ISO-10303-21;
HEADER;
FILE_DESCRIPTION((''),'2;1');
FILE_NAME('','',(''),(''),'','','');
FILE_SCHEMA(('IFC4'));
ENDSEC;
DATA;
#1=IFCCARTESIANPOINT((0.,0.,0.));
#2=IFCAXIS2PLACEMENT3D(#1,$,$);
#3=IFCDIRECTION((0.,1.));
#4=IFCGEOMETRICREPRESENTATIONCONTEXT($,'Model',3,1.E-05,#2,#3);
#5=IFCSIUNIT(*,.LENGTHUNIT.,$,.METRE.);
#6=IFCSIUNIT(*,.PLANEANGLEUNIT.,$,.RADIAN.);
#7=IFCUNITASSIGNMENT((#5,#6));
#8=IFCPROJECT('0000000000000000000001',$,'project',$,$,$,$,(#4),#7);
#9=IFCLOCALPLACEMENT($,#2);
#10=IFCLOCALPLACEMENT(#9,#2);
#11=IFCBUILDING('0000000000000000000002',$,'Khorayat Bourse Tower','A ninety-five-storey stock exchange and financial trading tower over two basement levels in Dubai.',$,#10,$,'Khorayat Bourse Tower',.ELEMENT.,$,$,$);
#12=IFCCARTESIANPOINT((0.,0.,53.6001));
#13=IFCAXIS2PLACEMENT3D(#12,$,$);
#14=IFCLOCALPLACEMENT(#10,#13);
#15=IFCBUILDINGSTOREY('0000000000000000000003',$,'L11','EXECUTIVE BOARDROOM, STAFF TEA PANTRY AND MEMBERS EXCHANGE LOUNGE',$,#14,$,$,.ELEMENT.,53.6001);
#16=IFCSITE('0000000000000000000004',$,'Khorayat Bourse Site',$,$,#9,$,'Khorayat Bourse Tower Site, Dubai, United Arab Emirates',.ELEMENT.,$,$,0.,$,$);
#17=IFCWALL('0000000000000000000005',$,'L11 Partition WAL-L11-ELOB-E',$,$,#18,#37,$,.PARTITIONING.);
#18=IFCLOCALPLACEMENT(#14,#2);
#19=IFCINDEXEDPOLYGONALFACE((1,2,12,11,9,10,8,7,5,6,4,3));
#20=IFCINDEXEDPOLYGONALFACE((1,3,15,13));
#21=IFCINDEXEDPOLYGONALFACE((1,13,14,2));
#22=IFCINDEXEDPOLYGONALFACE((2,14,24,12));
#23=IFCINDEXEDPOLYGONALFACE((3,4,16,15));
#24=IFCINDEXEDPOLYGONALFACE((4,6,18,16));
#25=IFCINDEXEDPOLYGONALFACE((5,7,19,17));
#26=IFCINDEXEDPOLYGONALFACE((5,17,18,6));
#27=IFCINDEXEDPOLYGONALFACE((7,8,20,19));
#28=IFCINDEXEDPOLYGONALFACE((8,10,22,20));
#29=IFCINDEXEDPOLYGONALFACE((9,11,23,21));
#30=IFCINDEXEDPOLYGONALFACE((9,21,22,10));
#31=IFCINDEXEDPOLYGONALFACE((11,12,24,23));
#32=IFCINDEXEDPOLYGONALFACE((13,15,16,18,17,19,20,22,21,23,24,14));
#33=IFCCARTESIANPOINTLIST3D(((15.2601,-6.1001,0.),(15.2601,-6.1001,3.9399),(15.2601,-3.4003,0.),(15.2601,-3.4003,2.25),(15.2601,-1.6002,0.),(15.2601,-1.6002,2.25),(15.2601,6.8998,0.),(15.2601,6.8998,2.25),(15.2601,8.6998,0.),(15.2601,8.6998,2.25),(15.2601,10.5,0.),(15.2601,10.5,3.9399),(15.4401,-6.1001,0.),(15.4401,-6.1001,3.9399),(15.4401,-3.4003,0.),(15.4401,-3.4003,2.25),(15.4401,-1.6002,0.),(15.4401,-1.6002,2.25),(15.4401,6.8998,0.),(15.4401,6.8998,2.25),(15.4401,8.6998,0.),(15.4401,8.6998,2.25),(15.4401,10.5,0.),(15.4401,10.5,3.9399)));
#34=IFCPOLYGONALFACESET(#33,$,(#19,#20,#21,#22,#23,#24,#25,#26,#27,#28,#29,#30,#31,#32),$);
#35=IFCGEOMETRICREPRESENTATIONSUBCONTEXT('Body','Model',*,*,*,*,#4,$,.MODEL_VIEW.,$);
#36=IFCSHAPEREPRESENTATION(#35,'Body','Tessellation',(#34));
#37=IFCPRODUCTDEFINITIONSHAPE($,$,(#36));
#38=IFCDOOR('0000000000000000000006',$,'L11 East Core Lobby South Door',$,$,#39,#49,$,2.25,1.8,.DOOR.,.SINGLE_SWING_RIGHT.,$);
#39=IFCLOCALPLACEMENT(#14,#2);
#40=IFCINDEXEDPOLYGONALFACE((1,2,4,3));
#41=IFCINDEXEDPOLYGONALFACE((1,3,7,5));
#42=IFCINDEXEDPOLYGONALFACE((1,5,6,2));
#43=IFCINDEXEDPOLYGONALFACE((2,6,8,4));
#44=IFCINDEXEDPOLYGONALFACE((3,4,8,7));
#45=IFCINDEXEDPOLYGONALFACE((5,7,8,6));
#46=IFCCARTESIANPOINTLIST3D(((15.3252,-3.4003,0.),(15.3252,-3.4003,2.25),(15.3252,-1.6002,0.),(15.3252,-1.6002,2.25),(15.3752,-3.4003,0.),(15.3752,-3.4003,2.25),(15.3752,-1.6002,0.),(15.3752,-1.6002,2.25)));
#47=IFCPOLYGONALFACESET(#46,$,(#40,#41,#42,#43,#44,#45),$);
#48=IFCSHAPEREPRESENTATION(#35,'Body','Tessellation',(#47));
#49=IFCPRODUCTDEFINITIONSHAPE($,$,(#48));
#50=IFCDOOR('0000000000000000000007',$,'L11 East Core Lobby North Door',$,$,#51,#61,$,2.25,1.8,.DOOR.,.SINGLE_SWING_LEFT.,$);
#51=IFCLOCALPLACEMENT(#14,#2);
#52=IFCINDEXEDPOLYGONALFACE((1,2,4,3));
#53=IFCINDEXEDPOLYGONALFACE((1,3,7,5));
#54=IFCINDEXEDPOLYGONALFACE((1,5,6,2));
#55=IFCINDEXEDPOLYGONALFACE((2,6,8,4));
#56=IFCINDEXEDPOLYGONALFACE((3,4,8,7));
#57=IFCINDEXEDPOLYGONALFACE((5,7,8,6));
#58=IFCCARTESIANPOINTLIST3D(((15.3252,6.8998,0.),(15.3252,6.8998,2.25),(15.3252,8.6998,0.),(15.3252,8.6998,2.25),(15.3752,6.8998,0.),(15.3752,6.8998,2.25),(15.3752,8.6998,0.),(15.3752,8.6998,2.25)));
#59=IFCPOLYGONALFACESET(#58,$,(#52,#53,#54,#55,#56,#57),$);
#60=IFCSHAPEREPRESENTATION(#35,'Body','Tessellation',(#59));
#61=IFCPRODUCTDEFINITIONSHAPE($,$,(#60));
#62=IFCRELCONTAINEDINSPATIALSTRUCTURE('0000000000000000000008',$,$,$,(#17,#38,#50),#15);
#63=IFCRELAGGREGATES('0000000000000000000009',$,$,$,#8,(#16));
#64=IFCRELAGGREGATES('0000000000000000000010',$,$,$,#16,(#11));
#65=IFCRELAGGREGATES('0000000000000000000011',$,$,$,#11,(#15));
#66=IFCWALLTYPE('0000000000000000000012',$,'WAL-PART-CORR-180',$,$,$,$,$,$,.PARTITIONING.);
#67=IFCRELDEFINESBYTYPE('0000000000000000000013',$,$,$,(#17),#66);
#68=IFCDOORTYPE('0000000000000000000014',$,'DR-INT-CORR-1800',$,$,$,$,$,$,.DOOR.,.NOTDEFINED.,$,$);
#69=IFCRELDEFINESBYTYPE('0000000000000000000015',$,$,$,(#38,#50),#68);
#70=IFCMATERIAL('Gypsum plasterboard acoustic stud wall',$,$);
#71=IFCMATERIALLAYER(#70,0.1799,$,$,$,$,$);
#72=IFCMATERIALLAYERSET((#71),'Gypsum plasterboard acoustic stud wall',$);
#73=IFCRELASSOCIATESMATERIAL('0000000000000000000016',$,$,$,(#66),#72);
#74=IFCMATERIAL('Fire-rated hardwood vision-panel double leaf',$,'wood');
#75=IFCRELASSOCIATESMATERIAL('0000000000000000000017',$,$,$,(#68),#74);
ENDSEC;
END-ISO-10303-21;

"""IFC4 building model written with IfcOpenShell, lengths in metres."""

from ifc_helpers import new_model, si_unit, direction, frame, frame_2d, origin, place, context, subcontext, project, spatial, rectangle, extrude, source, transform, mapped, material, layer, layer_set, type_object, element, fill, save


model = new_model("IFC4")

# Units and contexts
model_context = context("Model", 3, precision=1e-05, world=origin(), true_north=direction((0.0, 1.0)))
body_context = subcontext(model_context, "Body", "Model", "MODEL_VIEW")
ifc_project = project(units=[si_unit("LENGTHUNIT", "METRE"), si_unit("PLANEANGLEUNIT", "RADIAN")], contexts=[model_context])

# Site, building, storey
site_placement = place(None, origin())
site = spatial("IfcSite", under=ifc_project, at=site_placement, Name="Khorayat Bourse Site", LongName="Khorayat Bourse Tower Site, Dubai, United Arab Emirates", CompositionType="ELEMENT", RefElevation=0.0)
building_placement = place(site_placement, origin())
building = spatial("IfcBuilding", under=site, at=building_placement, Name="Khorayat Bourse Tower", Description="A ninety-five-storey stock exchange and financial trading tower over two basement levels in Dubai.", LongName="Khorayat Bourse Tower", CompositionType="ELEMENT")
storey_placement = place(building_placement, frame((0.0, 0.0, 53.6001)))
storey = spatial("IfcBuildingStorey", under=building, at=storey_placement, Name="L11", Description="EXECUTIVE BOARDROOM, STAFF TEA PANTRY AND MEMBERS EXCHANGE LOUNGE", CompositionType="ELEMENT", Elevation=53.6001)

# Wall, openings, doors
ifc_material_1 = material(Name="Gypsum plasterboard acoustic stud wall")
ifc_layer_1 = layer(ifc_material_1, 0.1799)
ifc_layer_set_1 = layer_set([ifc_layer_1], Name="Gypsum plasterboard acoustic stud wall")
wall_type_1 = type_object("IfcWallType", Name="WAL-PART-CORR-180", PredefinedType="PARTITIONING", material=ifc_layer_set_1)
shared_shape_1 = source(origin(), body_context, "Body", "SweptSolid", [
    extrude(rectangle(XDim=16.6001, YDim=0.1799, at=frame_2d((8.3, 0.0))), origin(), (0.0, 0.0, 1.0), 3.9399),
])
wall_1_placement = place(storey_placement, frame((15.3501, -6.1001, 0.0), z_axis=(0.0, 0.0, 1.0), x_axis=(0.0, 1.0, 0.0)))
wall_1 = element("IfcWall", 1, at=wall_1_placement, inside=storey, type_object=wall_type_1, Name="L11 Partition WAL-L11-ELOB-E", PredefinedType="PARTITIONING", context=body_context, shape_type="MappedRepresentation", body=[
    mapped(shared_shape_1, transform((0.0, 0.0, 0.0), scale=1.0)),
])
shared_shape_2 = source(origin(), body_context, "Body", "SweptSolid", [
    extrude(rectangle(XDim=1.8, YDim=2.25, at=frame_2d((0.8999, 1.125))), frame((0.0, 0.0999, 0.0), z_axis=(0.0, -1.0, 0.0), x_axis=(1.0, 0.0, 0.0)), (0.0, 0.0, 1.0), 0.2),
])
opening_1_placement = place(wall_1_placement, frame((2.7, 0.0, 0.0)))
opening_1 = element("IfcOpeningElement", 2, at=opening_1_placement, cuts=wall_1, PredefinedType="OPENING", context=body_context, shape_type="MappedRepresentation", body=[
    mapped(shared_shape_2, transform((0.0, 0.0, 0.0), scale=1.0)),
])
opening_2_placement = place(wall_1_placement, frame((13.0, 0.0, 0.0)))
opening_2 = element("IfcOpeningElement", 3, at=opening_2_placement, cuts=wall_1, PredefinedType="OPENING", context=body_context, shape_type="MappedRepresentation", body=[
    mapped(shared_shape_2, transform((0.0, 0.0, 0.0), scale=1.0)),
])
ifc_material_2 = material(Name="Fire-rated hardwood vision-panel double leaf", Category="wood")
door_type_1 = type_object("IfcDoorType", Name="DR-INT-CORR-1800", OperationType="NOTDEFINED", PredefinedType="DOOR", material=ifc_material_2)
shared_shape_3 = source(origin(), body_context, "Body", "SweptSolid", [
    extrude(rectangle(XDim=1.8, YDim=2.25, at=frame_2d((0.8999, 1.125))), frame((0.0, 0.0249, 0.0), z_axis=(0.0, -1.0, 0.0), x_axis=(1.0, 0.0, 0.0)), (0.0, 0.0, 1.0), 0.05),
])
door_1_placement = place(opening_1_placement, origin())
door_1 = element("IfcDoor", 4, at=door_1_placement, inside=storey, type_object=door_type_1, Name="L11 East Core Lobby South Door", OperationType="SINGLE_SWING_RIGHT", OverallHeight=2.25, OverallWidth=1.8, PredefinedType="DOOR", context=body_context, shape_type="MappedRepresentation", body=[
    mapped(shared_shape_3, transform((0.0, 0.0, 0.0), scale=1.0)),
])
fill(opening_1, door_1)
door_2_placement = place(opening_2_placement, origin())
door_2 = element("IfcDoor", 5, at=door_2_placement, inside=storey, type_object=door_type_1, Name="L11 East Core Lobby North Door", OperationType="SINGLE_SWING_LEFT", OverallHeight=2.25, OverallWidth=1.8, PredefinedType="DOOR", context=body_context, shape_type="MappedRepresentation", body=[
    mapped(shared_shape_3, transform((0.0, 0.0, 0.0), scale=1.0)),
])
fill(opening_2, door_2)

save(model, "model.ifc")
